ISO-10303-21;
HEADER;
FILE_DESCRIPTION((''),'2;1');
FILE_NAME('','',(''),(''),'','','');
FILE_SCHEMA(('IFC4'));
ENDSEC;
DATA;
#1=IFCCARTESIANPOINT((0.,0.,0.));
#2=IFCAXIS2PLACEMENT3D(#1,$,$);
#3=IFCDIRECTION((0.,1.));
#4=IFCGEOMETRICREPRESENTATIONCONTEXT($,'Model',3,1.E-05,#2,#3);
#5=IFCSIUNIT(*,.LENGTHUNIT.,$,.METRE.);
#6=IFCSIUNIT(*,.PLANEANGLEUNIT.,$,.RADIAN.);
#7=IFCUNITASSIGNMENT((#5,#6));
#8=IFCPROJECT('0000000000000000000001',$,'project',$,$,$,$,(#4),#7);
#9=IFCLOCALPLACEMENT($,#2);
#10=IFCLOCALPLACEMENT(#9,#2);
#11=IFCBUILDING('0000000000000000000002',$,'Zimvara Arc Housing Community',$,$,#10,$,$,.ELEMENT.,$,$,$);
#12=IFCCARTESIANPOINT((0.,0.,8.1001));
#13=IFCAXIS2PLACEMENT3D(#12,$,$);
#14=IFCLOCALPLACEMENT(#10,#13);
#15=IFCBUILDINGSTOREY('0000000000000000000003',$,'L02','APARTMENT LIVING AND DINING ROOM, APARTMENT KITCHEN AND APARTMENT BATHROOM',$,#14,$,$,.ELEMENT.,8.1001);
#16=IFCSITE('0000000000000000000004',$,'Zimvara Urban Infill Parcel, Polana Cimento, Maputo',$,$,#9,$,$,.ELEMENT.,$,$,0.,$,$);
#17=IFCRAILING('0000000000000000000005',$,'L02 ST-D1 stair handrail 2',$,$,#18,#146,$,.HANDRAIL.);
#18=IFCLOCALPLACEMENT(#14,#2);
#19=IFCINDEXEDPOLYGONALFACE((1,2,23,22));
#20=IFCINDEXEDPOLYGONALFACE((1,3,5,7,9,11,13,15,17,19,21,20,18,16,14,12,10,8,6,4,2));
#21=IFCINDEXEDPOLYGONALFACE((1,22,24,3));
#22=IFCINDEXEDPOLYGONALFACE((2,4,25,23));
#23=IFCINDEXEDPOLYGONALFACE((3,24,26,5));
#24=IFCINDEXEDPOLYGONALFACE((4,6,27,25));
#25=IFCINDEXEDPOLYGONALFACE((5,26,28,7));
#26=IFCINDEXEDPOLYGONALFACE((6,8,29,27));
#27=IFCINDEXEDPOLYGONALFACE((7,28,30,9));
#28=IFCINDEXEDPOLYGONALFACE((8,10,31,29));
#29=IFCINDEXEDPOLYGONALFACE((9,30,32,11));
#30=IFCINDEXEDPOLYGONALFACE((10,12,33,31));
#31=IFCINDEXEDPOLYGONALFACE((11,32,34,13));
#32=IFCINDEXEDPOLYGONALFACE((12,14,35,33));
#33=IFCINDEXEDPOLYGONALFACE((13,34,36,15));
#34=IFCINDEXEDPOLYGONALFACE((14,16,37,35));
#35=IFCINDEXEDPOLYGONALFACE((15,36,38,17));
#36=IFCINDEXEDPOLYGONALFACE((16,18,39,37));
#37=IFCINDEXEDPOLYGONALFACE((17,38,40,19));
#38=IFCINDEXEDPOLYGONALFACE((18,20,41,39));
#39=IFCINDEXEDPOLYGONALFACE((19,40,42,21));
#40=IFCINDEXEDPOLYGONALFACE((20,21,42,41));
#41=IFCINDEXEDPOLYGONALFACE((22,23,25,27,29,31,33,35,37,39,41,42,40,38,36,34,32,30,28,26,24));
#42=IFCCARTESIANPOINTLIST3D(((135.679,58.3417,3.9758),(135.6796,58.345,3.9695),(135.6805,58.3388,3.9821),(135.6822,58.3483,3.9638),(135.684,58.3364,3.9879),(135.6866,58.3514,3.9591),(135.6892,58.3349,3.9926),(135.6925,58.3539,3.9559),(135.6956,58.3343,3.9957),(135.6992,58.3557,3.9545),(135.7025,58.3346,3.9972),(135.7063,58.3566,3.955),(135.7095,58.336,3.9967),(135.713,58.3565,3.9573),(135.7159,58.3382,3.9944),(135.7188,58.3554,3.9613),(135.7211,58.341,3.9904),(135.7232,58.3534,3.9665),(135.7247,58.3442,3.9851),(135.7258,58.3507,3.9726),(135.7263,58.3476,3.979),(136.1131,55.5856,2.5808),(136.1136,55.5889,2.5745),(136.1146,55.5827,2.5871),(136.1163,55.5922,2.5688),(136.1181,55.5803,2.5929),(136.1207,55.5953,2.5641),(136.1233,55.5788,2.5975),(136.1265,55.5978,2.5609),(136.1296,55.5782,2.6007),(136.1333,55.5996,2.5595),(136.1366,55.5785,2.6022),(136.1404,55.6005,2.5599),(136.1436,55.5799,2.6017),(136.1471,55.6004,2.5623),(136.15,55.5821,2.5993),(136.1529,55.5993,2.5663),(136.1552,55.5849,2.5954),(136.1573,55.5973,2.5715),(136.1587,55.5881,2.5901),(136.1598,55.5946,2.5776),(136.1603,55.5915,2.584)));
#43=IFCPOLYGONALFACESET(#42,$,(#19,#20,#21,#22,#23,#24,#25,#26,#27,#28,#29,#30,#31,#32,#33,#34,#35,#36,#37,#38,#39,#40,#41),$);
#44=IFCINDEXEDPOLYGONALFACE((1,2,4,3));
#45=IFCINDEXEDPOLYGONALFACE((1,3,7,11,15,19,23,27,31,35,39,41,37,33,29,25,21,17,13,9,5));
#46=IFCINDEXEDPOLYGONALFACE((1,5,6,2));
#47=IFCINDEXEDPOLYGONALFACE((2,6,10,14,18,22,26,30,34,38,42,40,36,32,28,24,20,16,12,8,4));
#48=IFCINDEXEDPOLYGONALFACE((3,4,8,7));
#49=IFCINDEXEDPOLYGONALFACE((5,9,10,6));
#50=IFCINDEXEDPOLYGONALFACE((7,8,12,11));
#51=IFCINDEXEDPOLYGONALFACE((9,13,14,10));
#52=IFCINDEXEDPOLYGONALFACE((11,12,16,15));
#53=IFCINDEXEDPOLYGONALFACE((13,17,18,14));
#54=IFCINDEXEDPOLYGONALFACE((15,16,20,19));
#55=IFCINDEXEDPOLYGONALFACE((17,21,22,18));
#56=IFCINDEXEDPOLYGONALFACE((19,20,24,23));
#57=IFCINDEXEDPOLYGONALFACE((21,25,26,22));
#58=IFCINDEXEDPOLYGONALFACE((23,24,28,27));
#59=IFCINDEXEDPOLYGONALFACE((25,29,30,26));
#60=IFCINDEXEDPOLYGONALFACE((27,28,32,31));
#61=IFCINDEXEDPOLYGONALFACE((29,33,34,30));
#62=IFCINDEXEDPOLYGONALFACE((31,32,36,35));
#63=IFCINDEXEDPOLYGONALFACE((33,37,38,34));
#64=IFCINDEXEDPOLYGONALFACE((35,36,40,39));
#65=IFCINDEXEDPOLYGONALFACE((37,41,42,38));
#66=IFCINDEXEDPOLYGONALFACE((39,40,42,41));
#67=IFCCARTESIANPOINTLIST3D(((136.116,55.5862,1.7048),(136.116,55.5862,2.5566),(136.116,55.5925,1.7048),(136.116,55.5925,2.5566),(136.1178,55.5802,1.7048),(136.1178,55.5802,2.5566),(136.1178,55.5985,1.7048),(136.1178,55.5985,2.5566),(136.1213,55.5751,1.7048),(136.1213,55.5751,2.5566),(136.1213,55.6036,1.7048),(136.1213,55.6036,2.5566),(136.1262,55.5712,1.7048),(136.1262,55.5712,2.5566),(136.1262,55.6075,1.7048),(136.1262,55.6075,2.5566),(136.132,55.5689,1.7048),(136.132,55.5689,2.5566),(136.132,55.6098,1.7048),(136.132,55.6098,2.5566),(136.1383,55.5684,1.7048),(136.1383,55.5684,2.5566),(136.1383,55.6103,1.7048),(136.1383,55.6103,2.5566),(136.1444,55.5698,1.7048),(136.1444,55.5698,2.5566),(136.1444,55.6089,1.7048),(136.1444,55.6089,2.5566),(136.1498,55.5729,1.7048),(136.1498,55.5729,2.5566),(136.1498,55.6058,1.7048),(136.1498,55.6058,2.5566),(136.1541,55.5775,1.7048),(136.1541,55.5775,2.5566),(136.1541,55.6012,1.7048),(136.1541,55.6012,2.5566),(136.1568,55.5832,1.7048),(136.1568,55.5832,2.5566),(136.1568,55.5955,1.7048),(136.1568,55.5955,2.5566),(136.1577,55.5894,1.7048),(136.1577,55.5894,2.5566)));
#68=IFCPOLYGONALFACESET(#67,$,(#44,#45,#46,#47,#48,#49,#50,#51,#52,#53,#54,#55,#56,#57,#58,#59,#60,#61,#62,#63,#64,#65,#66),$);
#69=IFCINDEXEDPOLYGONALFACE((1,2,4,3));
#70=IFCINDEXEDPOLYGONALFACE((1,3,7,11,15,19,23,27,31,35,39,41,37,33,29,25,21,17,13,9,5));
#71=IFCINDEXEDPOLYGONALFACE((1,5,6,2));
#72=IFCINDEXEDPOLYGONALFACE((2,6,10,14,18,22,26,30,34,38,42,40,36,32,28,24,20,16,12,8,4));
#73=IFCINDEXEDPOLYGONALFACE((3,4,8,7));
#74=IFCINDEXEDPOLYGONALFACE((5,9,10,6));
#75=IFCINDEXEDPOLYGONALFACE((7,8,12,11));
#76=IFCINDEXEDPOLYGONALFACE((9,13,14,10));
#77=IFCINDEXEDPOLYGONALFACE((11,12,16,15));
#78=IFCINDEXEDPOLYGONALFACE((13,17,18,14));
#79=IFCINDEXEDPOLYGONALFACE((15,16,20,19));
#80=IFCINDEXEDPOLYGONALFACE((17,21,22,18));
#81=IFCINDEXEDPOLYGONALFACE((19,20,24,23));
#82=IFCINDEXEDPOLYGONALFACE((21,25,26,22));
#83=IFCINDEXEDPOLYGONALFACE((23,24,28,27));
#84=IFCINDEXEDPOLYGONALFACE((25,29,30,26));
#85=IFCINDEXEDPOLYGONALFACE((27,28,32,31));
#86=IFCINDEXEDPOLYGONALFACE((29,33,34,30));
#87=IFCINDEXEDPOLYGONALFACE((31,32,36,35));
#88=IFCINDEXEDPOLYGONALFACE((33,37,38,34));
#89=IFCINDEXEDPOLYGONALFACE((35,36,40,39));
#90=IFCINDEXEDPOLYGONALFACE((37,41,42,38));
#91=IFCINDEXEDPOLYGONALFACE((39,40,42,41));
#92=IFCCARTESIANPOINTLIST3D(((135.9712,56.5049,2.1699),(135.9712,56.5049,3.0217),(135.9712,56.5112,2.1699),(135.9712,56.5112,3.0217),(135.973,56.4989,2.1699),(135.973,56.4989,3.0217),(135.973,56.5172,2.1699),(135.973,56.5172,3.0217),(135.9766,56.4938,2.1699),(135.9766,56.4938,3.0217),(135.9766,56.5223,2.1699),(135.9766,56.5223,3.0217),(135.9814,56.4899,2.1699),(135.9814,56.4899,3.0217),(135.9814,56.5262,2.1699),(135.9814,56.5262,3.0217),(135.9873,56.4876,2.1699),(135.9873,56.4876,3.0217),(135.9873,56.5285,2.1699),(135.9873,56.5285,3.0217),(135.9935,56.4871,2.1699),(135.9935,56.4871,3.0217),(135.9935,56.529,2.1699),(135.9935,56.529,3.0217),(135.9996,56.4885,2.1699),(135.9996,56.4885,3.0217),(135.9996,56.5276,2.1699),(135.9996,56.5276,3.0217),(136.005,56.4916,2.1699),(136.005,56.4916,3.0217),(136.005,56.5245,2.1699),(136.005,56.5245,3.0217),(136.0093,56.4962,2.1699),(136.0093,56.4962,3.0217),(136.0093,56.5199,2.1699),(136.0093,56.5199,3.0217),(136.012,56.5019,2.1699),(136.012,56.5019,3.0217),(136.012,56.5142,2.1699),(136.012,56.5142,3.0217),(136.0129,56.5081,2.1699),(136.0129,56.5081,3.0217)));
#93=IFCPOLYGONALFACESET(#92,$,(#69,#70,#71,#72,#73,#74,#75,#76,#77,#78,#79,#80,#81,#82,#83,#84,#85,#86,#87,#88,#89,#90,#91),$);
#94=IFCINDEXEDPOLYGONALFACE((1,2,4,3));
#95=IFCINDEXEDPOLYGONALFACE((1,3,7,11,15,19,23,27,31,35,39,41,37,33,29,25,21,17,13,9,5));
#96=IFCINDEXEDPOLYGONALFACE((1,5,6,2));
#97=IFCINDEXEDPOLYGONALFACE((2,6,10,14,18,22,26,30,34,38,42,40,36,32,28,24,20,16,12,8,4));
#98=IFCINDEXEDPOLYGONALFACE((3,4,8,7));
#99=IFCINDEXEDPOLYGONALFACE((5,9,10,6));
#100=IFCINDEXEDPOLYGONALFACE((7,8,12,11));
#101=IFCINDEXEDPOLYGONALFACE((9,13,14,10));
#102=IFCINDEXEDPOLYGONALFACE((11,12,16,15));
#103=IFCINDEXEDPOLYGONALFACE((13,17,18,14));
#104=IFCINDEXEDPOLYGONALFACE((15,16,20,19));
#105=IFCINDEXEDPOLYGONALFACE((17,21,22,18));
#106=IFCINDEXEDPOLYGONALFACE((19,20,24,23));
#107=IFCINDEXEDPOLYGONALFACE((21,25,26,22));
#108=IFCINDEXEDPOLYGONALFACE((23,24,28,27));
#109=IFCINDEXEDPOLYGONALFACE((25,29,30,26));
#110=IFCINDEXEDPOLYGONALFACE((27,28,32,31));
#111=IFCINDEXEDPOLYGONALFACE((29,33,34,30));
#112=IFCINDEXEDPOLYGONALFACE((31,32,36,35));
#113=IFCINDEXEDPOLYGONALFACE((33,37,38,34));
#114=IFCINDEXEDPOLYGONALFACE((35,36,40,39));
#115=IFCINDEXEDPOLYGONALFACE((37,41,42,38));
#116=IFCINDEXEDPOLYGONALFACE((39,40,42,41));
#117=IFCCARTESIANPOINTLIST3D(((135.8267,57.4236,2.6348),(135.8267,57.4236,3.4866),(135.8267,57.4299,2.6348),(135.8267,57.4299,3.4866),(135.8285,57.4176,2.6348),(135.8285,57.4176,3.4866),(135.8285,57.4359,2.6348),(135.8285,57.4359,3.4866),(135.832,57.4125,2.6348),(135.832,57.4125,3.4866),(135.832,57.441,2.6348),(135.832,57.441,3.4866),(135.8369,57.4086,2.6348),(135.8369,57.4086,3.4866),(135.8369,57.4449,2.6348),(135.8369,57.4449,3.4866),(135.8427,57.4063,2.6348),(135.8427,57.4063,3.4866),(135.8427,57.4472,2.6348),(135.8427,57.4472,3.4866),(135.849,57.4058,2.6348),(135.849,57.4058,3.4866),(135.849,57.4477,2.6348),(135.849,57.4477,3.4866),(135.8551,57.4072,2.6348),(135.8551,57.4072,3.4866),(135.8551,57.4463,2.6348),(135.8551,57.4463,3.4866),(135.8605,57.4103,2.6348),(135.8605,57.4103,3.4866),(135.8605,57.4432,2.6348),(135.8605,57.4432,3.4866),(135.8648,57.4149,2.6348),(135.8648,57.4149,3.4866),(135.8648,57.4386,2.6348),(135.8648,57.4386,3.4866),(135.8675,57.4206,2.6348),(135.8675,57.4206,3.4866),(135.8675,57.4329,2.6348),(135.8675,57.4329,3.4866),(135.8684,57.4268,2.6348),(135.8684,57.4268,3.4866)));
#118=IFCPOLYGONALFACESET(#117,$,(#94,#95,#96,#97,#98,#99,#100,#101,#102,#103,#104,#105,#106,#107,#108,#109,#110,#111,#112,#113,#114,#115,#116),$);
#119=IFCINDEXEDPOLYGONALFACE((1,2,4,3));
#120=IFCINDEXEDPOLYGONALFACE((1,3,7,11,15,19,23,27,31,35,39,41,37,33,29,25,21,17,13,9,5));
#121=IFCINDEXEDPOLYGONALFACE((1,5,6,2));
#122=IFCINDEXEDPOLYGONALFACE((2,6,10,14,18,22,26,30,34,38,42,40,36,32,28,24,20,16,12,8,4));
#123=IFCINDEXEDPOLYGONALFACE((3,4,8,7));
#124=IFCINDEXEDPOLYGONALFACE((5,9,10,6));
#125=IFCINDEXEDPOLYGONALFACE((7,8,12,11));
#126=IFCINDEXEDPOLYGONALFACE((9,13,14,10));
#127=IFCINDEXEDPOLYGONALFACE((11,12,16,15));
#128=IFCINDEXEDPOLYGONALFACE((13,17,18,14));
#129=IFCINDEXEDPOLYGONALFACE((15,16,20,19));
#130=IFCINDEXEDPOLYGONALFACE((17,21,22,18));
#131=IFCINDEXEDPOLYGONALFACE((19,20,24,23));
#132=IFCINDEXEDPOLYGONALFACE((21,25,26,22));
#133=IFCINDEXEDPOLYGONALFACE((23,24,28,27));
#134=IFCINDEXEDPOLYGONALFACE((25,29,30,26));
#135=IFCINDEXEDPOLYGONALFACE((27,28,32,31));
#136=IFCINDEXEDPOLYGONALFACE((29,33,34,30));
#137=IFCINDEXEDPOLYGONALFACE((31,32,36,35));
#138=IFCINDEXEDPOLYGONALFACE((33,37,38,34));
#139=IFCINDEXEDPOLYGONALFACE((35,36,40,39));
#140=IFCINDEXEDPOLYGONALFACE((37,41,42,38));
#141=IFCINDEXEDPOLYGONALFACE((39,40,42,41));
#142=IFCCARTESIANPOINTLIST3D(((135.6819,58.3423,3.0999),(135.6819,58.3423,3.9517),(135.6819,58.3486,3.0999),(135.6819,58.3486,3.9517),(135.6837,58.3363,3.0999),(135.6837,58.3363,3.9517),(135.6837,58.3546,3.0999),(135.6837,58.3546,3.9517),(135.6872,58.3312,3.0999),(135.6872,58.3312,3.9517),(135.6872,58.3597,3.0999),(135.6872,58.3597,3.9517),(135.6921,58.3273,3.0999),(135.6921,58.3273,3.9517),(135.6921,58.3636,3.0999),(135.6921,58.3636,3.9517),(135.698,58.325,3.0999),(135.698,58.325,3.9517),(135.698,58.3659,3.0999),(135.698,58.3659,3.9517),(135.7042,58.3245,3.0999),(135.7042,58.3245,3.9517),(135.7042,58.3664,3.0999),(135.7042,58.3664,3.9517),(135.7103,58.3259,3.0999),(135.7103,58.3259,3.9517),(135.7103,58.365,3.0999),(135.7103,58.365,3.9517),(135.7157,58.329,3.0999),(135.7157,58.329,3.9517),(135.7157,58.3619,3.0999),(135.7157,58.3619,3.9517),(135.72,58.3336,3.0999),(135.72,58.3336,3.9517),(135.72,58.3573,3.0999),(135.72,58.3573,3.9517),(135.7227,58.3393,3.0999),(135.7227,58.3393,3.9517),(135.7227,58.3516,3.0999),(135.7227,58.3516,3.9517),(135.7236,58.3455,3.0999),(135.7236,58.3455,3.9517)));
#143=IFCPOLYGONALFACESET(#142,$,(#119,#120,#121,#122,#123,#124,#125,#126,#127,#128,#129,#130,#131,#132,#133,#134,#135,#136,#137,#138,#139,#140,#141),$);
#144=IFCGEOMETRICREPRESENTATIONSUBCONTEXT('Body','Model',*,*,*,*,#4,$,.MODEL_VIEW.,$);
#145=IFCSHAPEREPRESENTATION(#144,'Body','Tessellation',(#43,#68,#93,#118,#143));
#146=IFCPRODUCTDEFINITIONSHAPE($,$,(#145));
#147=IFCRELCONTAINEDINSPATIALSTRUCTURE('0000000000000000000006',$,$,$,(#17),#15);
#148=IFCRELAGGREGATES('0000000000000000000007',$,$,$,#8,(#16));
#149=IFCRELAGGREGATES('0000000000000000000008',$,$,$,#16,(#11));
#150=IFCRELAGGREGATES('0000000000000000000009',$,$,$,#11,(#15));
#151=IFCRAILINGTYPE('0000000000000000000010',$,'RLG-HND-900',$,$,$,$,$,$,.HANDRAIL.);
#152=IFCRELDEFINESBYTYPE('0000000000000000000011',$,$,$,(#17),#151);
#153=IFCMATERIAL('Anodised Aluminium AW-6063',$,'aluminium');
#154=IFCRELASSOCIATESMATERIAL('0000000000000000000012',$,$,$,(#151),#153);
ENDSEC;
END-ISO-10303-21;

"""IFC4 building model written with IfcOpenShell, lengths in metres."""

from ifc_helpers import new_model, si_unit, direction, frame, origin, origin_2d, place, context, subcontext, project, spatial, circle, extrude, material, type_object, element, save


model = new_model("IFC4")

# Units and contexts
model_context = context("Model", 3, precision=1e-05, world=origin(), true_north=direction((0.0, 1.0)))
body_context = subcontext(model_context, "Body", "Model", "MODEL_VIEW")
ifc_project = project(units=[si_unit("LENGTHUNIT", "METRE"), si_unit("PLANEANGLEUNIT", "RADIAN")], contexts=[model_context])

# Site, building, storey
site_placement = place(None, origin())
site = spatial("IfcSite", under=ifc_project, at=site_placement, Name="Zimvara Urban Infill Parcel, Polana Cimento, Maputo", CompositionType="ELEMENT", RefElevation=0.0)
building_placement = place(site_placement, origin())
building = spatial("IfcBuilding", under=site, at=building_placement, Name="Zimvara Arc Housing Community", CompositionType="ELEMENT")
storey_placement = place(building_placement, frame((0.0, 0.0, 8.1001)))
storey = spatial("IfcBuildingStorey", under=building, at=storey_placement, Name="L02", Description="APARTMENT LIVING AND DINING ROOM, APARTMENT KITCHEN AND APARTMENT BATHROOM", CompositionType="ELEMENT", Elevation=8.1001)

# Railing
ifc_material_1 = material(Name="Anodised Aluminium AW-6063", Category="aluminium")
railing_type_1 = type_object("IfcRailingType", Name="RLG-HND-900", PredefinedType="HANDRAIL", material=ifc_material_1)
railing_1_placement = place(storey_placement, frame((136.1367, 55.5894, 1.7048)))
element("IfcRailing", 1, at=railing_1_placement, inside=storey, type_object=railing_type_1, Name="L02 ST-D1 stair handrail 2", PredefinedType="HANDRAIL", context=body_context, shape_type="SweptSolid", body=[
    extrude(circle(Radius=0.0239, at=origin_2d()), frame((0.0, 0.0, 0.876), z_axis=(-0.139156, 0.883538, 0.447209), x_axis=(-0.987823, -0.155581, 0.0)), (0.0, 0.0, 1.0), 3.1194),
    extrude(circle(Radius=0.021, at=origin_2d()), origin(), (0.0, 0.0, 1.0), 0.8518),
    extrude(circle(Radius=0.021, at=origin_2d()), frame((-0.1448, 0.9187, 0.4651)), (0.0, 0.0, 1.0), 0.8518),
    extrude(circle(Radius=0.021, at=origin_2d()), frame((-0.2893, 1.8374, 0.9299)), (0.0, 0.0, 1.0), 0.8518),
    extrude(circle(Radius=0.021, at=origin_2d()), frame((-0.4341, 2.7561, 1.395)), (0.0, 0.0, 1.0), 0.8518),
])

save(model, "model.ifc")
